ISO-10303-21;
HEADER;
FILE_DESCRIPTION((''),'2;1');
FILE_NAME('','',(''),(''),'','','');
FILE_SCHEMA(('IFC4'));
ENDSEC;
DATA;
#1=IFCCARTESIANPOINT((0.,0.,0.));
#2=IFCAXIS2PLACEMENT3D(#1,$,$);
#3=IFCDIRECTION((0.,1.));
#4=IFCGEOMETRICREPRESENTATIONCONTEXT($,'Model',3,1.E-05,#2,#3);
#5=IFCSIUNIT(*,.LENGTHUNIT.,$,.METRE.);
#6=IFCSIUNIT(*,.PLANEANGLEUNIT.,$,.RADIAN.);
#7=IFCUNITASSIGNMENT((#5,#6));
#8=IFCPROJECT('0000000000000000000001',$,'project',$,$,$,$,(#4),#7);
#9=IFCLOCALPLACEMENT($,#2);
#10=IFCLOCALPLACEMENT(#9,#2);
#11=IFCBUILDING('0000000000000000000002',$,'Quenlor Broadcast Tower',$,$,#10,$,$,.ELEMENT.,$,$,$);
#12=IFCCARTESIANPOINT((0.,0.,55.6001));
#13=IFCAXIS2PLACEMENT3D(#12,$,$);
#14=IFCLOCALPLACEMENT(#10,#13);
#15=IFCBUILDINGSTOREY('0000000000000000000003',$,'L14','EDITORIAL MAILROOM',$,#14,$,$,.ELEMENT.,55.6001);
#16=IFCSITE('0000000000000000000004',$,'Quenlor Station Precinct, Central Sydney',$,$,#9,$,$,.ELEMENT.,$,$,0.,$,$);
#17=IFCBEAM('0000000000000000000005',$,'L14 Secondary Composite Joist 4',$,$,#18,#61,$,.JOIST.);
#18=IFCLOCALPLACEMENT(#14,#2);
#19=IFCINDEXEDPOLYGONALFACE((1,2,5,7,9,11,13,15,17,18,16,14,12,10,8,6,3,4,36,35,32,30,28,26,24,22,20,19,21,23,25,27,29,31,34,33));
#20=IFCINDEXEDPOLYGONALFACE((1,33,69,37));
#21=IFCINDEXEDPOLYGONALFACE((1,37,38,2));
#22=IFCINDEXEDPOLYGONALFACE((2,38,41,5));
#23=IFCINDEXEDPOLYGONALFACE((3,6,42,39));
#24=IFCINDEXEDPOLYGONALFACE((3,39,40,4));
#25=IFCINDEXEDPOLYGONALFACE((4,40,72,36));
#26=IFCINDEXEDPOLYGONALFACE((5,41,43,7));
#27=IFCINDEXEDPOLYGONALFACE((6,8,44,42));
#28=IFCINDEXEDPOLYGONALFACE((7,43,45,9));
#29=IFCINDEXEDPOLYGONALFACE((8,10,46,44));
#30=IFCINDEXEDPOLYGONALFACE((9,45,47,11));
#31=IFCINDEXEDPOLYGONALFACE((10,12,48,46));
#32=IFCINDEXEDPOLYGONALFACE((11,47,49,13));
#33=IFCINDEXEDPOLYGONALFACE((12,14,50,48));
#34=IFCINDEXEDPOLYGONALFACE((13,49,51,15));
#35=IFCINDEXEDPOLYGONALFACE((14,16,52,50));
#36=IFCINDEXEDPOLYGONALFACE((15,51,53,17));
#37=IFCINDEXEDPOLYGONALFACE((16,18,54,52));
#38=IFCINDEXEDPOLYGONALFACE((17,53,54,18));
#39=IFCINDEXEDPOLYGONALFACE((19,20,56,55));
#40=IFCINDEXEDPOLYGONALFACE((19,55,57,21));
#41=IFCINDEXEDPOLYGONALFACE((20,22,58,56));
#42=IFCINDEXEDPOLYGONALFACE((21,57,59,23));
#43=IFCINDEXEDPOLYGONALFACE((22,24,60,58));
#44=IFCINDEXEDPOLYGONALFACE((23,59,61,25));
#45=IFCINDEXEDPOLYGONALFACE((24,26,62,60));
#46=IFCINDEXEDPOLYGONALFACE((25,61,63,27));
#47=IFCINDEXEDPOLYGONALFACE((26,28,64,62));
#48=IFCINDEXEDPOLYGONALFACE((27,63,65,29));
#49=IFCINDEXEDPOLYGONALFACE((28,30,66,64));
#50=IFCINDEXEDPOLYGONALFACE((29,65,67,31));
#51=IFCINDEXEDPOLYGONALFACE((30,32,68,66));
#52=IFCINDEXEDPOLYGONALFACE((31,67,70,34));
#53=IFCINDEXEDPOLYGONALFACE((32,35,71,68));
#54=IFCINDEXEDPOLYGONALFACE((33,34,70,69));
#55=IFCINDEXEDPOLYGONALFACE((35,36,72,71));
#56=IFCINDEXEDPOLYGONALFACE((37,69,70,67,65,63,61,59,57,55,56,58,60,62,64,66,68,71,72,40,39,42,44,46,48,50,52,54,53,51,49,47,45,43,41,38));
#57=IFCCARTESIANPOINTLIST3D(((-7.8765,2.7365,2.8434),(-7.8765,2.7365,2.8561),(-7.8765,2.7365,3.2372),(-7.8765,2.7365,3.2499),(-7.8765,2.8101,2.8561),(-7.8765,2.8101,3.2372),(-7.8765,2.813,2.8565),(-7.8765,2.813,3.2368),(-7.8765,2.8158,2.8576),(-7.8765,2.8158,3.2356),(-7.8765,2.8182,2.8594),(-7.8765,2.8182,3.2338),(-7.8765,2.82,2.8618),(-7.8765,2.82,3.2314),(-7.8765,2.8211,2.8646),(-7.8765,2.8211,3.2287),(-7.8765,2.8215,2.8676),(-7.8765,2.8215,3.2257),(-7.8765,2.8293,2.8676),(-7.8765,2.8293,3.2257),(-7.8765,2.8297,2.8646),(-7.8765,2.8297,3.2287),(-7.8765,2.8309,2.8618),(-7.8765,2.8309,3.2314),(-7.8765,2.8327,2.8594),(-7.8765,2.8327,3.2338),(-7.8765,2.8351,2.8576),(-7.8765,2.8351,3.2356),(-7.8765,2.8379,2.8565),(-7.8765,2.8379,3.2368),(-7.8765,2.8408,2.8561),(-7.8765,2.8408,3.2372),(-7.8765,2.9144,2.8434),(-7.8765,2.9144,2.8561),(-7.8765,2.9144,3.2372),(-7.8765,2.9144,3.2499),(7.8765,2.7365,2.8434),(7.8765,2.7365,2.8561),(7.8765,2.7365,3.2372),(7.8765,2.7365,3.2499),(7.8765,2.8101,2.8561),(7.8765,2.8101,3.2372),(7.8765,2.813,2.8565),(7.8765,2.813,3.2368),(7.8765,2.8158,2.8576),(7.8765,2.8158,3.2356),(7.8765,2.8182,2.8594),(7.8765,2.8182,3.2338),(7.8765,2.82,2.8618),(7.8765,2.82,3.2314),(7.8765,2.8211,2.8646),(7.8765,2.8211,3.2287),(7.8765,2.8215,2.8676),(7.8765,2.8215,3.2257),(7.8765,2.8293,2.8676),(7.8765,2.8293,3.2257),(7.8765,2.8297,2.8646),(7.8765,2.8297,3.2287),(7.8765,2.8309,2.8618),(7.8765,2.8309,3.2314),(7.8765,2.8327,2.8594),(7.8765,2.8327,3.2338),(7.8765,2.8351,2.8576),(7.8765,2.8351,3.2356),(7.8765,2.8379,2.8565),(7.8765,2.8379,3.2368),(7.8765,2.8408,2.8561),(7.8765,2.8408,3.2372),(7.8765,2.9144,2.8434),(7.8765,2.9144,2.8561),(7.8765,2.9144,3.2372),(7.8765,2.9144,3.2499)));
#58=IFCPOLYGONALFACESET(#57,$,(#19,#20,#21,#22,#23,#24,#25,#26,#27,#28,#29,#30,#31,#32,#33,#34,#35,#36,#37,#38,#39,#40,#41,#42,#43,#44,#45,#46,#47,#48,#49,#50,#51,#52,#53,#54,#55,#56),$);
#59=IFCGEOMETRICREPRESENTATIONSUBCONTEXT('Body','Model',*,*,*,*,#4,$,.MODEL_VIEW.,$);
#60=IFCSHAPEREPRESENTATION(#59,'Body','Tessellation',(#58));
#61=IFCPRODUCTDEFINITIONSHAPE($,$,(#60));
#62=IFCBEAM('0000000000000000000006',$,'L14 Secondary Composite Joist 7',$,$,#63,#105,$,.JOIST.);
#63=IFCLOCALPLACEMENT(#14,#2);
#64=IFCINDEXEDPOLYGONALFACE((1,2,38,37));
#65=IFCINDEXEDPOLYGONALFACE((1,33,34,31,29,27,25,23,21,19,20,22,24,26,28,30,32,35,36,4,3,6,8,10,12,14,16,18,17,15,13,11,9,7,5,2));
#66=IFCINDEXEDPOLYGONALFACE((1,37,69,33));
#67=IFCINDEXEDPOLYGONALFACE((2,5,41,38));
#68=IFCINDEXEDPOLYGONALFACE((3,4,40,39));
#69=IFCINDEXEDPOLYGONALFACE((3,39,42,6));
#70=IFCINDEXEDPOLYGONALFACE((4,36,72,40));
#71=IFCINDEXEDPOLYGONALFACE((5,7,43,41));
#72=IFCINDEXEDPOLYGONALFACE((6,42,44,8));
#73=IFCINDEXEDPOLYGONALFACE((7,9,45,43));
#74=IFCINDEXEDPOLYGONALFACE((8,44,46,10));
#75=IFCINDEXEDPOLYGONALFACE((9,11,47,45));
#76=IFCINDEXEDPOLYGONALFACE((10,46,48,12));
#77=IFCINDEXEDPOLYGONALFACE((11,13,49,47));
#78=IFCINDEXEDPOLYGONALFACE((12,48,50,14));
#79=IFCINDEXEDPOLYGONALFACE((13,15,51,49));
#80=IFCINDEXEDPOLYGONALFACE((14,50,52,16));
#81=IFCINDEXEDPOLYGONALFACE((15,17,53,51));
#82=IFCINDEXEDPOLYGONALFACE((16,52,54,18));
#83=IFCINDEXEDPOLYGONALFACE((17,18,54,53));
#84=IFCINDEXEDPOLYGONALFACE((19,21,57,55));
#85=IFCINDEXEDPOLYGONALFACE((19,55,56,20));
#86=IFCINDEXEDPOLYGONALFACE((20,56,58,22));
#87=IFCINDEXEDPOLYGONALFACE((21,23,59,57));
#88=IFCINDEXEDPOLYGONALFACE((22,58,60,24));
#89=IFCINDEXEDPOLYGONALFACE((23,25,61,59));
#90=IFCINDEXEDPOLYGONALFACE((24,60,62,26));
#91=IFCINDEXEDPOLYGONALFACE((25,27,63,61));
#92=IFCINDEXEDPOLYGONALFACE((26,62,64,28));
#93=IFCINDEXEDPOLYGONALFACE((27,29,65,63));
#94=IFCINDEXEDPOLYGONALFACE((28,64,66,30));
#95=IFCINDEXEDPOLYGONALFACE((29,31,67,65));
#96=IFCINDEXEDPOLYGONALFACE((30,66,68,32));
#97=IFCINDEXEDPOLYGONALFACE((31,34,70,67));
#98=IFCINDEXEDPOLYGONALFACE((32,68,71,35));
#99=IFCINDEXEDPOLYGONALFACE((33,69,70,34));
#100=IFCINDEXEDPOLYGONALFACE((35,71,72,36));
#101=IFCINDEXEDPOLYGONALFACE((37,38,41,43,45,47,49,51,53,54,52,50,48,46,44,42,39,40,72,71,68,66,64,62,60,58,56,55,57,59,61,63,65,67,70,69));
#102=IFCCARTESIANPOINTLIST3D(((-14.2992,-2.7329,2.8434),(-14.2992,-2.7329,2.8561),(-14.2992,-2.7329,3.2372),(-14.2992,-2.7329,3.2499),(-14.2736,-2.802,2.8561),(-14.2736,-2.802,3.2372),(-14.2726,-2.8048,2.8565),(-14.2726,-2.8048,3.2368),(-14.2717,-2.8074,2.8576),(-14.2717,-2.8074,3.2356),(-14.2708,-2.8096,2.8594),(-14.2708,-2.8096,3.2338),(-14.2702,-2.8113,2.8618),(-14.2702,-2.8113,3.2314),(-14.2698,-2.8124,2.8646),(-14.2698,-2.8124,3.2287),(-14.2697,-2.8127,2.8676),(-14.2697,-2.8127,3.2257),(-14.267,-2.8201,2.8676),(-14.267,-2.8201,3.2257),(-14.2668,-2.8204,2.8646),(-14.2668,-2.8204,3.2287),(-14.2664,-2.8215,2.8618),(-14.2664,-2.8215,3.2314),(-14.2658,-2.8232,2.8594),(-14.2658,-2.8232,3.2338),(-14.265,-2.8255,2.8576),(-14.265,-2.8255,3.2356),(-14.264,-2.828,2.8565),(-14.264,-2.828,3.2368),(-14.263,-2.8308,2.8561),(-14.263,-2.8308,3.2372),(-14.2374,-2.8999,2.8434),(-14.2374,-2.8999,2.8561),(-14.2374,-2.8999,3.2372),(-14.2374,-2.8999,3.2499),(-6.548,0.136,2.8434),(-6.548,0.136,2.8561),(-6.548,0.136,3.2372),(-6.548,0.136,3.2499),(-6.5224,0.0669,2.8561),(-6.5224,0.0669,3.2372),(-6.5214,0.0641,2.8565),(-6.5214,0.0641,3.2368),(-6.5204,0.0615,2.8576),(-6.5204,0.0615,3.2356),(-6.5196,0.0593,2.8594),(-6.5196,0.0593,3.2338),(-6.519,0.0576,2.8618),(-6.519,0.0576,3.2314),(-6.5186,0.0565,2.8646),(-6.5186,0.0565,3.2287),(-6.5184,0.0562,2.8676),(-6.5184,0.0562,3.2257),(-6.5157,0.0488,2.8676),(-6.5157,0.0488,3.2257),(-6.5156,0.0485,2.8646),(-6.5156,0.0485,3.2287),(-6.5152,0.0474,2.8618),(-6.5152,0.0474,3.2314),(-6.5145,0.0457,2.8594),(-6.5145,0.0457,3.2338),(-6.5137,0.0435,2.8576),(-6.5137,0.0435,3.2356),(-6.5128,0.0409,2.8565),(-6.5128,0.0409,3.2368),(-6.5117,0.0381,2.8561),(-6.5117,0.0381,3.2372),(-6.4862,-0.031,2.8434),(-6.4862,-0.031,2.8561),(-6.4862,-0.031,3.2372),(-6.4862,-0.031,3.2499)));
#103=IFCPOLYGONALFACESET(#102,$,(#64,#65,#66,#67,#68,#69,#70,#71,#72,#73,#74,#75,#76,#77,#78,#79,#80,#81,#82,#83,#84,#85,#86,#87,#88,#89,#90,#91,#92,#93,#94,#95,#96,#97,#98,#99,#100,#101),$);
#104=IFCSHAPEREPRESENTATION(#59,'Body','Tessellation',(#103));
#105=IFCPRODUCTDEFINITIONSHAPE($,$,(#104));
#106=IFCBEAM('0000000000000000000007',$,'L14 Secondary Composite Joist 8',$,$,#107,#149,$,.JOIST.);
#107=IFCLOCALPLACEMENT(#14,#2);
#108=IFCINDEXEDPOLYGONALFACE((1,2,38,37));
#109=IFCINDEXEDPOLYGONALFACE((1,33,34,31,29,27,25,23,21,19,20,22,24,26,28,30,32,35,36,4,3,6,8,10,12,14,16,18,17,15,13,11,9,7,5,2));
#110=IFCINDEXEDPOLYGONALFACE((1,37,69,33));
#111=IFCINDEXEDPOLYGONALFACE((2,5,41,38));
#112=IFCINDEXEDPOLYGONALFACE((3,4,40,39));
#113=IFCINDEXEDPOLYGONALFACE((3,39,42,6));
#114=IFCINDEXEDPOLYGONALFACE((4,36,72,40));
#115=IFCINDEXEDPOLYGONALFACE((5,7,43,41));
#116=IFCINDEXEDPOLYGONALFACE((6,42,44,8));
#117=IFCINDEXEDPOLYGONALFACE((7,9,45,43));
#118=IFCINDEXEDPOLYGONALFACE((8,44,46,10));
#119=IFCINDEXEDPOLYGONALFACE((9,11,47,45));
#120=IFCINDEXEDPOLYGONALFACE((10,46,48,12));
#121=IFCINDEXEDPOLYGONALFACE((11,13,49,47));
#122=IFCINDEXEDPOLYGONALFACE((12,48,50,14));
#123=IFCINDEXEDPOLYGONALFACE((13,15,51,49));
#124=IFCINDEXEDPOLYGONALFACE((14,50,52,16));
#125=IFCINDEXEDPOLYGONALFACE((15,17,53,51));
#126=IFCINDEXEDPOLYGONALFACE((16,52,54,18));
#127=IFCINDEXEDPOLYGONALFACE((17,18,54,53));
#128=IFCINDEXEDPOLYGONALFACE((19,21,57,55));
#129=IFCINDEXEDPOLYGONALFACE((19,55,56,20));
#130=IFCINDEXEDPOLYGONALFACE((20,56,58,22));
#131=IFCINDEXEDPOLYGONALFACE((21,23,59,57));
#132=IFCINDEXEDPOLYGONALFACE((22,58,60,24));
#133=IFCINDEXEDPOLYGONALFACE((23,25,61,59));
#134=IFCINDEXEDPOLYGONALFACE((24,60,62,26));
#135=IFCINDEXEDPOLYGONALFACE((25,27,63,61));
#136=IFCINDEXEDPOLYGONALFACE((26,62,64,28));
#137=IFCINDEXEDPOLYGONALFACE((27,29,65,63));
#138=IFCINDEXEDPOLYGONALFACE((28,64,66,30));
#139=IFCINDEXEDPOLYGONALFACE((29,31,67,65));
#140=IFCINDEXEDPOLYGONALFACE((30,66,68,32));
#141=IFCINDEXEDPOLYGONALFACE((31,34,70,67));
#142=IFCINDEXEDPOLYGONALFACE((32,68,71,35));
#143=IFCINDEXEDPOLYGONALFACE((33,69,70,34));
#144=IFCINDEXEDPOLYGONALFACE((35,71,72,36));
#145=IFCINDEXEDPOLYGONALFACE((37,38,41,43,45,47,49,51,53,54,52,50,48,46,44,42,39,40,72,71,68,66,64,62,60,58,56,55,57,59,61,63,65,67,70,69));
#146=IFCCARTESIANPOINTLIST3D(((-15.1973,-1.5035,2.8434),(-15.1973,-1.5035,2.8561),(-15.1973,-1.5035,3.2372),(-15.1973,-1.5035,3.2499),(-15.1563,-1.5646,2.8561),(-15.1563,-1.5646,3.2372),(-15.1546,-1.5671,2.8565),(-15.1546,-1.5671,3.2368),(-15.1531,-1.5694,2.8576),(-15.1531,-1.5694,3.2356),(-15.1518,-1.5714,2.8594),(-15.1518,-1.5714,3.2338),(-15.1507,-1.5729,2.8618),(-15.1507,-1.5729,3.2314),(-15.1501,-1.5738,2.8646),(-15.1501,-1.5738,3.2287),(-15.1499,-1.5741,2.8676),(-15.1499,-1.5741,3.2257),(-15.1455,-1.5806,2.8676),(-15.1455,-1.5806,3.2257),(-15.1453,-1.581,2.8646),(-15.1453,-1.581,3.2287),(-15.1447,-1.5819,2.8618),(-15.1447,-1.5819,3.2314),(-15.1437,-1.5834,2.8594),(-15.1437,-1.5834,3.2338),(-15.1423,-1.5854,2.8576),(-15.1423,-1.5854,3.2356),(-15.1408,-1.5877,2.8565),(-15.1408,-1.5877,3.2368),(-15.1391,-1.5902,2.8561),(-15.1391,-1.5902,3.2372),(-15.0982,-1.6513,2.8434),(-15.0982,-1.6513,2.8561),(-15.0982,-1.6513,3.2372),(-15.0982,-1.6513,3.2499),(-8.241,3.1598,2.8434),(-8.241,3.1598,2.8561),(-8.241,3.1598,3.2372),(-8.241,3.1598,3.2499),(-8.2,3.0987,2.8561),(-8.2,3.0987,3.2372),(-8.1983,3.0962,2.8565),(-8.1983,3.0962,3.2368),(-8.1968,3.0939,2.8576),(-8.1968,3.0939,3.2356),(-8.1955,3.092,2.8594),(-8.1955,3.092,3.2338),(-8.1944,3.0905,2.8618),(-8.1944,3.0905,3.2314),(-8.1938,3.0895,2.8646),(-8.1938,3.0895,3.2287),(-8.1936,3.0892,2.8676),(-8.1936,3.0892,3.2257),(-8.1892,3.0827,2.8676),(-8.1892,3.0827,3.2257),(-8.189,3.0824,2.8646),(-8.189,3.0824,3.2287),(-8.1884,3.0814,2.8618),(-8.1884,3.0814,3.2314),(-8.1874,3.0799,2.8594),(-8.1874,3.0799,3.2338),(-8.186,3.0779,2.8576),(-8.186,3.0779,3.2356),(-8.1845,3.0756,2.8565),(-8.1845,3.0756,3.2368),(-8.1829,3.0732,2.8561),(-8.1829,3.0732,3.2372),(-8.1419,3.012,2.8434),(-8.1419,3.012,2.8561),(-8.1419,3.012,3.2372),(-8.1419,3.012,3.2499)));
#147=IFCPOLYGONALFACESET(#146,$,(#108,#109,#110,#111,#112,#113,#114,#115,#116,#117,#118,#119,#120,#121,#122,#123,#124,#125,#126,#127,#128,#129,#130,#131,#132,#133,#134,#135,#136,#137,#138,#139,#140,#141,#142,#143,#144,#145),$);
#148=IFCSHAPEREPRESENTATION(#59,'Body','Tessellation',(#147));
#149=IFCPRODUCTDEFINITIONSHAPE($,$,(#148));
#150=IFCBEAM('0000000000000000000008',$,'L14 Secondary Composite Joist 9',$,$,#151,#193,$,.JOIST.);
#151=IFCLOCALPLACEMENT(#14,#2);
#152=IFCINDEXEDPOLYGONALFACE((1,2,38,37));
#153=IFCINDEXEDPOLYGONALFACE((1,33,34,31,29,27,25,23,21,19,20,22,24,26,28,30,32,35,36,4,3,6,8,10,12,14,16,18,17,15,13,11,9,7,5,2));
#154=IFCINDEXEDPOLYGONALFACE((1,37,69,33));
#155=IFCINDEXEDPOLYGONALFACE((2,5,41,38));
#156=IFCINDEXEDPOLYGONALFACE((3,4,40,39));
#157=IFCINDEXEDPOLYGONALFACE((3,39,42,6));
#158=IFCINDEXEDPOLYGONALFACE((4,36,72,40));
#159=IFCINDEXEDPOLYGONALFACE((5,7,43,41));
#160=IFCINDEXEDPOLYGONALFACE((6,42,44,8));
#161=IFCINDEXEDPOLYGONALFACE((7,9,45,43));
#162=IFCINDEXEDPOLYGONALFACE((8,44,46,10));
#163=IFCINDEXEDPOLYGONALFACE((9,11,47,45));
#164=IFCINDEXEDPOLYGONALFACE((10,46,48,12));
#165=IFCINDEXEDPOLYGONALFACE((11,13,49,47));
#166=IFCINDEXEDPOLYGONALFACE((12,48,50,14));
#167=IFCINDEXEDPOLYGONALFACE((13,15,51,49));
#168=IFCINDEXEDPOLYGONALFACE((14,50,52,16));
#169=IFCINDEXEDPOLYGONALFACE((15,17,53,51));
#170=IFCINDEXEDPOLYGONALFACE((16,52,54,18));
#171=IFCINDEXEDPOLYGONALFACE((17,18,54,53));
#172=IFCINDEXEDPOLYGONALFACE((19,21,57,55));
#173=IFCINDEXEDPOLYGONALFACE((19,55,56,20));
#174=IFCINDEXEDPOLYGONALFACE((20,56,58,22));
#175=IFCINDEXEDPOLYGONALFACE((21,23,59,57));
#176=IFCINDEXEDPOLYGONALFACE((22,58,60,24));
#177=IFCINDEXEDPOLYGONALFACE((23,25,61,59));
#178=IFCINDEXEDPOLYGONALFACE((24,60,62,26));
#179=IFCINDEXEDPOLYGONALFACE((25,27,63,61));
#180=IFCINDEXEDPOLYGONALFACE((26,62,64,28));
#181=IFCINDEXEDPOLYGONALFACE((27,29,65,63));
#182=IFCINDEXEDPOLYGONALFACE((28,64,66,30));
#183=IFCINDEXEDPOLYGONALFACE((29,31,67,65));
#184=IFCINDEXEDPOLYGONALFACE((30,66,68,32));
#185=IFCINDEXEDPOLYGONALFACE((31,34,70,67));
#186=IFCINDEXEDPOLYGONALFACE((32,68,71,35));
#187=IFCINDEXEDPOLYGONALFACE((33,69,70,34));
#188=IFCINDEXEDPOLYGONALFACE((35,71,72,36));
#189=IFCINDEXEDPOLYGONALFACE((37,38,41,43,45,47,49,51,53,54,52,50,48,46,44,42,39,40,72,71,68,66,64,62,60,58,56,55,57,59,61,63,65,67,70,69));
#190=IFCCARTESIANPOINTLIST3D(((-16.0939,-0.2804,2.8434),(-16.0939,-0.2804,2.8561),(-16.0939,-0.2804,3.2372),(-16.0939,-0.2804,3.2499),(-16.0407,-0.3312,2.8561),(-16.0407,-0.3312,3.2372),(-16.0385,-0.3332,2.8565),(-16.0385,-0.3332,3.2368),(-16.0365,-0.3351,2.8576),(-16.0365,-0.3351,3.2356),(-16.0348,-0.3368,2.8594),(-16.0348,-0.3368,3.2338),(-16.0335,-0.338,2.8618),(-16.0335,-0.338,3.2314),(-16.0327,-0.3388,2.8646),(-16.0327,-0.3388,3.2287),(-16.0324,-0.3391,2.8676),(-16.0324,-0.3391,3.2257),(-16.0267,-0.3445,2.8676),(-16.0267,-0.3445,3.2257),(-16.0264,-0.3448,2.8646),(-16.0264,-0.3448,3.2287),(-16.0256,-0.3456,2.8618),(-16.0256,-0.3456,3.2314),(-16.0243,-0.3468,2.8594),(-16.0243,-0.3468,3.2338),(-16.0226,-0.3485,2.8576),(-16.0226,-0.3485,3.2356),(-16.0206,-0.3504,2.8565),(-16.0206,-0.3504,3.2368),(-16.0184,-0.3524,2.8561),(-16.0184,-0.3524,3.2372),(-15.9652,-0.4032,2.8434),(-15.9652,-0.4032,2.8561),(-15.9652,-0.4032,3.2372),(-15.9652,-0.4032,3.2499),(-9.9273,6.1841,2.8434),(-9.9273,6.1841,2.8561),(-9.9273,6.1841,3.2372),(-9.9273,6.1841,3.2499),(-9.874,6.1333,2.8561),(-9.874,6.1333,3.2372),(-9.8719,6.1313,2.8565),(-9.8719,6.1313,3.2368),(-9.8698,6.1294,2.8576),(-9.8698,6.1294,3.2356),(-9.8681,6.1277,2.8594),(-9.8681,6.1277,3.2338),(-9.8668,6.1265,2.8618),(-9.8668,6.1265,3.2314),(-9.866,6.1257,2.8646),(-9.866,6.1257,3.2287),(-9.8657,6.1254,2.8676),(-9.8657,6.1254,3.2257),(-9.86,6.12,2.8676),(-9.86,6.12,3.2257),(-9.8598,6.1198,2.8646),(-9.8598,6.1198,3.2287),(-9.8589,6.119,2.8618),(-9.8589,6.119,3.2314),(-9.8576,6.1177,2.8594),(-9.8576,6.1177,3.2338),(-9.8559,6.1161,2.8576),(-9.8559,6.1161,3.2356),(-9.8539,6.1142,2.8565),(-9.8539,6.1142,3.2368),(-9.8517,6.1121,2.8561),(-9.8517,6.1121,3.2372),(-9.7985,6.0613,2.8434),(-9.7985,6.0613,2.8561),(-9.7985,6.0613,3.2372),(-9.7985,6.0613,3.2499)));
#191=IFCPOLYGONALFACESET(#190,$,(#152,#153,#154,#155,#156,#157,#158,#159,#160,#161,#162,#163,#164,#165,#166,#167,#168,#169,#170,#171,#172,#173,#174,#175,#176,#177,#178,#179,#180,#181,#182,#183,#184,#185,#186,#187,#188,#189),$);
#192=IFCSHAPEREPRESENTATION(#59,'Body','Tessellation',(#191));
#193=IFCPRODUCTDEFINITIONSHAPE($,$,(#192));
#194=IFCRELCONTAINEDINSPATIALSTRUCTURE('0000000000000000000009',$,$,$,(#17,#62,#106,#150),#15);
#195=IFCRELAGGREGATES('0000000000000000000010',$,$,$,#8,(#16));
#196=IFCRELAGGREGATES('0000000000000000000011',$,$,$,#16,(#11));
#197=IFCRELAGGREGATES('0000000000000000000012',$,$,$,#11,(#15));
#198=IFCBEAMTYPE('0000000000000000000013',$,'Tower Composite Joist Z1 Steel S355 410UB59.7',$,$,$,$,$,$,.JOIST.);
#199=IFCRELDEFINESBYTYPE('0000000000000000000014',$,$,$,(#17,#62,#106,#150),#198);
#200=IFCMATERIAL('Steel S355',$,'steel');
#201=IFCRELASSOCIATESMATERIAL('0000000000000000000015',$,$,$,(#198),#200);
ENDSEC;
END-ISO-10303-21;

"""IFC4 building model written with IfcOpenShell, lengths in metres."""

from ifc_helpers import new_model, si_unit, direction, frame, origin, origin_2d, place, context, subcontext, project, spatial, i_section, extrude, material, material_profile, profile_set, type_object, element, save


model = new_model("IFC4")

# Units and contexts
model_context = context("Model", 3, precision=1e-05, world=origin(), true_north=direction((0.0, 1.0)))
body_context = subcontext(model_context, "Body", "Model", "MODEL_VIEW")
ifc_project = project(units=[si_unit("LENGTHUNIT", "METRE"), si_unit("PLANEANGLEUNIT", "RADIAN")], contexts=[model_context])

# Site, building, storey
site_placement = place(None, origin())
site = spatial("IfcSite", under=ifc_project, at=site_placement, Name="Quenlor Station Precinct, Central Sydney", CompositionType="ELEMENT", RefElevation=0.0)
building_placement = place(site_placement, origin())
building = spatial("IfcBuilding", under=site, at=building_placement, Name="Quenlor Broadcast Tower", CompositionType="ELEMENT")
storey_placement = place(building_placement, frame((0.0, 0.0, 55.6001)))
storey = spatial("IfcBuildingStorey", under=building, at=storey_placement, Name="L14", Description="EDITORIAL MAILROOM", CompositionType="ELEMENT", Elevation=55.6001)

# Beams
ifc_material_1 = material(Name="Steel S355", Category="steel")
ifc_material_profile_1 = material_profile(ifc_material_1, i_section(OverallWidth=0.178, OverallDepth=0.4065, WebThickness=0.0078, FlangeThickness=0.0127, FilletRadius=0.0115, at=origin_2d()))
ifc_profile_set_1 = profile_set([ifc_material_profile_1], Name="Steel S355 410UB59.7")
beam_type_1 = type_object("IfcBeamType", Name="Tower Composite Joist Z1 Steel S355 410UB59.7", PredefinedType="JOIST", material=ifc_profile_set_1)
beam_1_placement = place(storey_placement, frame((-7.8765, 2.8254, 3.0466), z_axis=(1.0, 0.0, 0.0), x_axis=(0.0, 1.0, 0.0)))
element("IfcBeam", 1, at=beam_1_placement, inside=storey, type_object=beam_type_1, Name="L14 Secondary Composite Joist 4", PredefinedType="JOIST", context=body_context, shape_type="SweptSolid", body=[
    extrude(i_section(OverallWidth=0.178, OverallDepth=0.4065, WebThickness=0.0078, FlangeThickness=0.0127, FilletRadius=0.0115, at=origin_2d()), origin(), (0.0, 0.0, 1.0), 15.7529),
])
beam_2_placement = place(storey_placement, frame((-14.2683, -2.8164, 3.0466), z_axis=(0.937825, 0.347109, 0.0), x_axis=(-0.347109, 0.937825, 0.0)))
element("IfcBeam", 2, at=beam_2_placement, inside=storey, type_object=beam_type_1, Name="L14 Secondary Composite Joist 7", PredefinedType="JOIST", context=body_context, shape_type="SweptSolid", body=[
    extrude(i_section(OverallWidth=0.178, OverallDepth=0.4065, WebThickness=0.0078, FlangeThickness=0.0127, FilletRadius=0.0115, at=origin_2d()), origin(), (0.0, 0.0, 1.0), 8.2651),
])
beam_3_placement = place(storey_placement, frame((-15.1477, -1.5774, 3.0466), z_axis=(0.830626, 0.556831, 0.0), x_axis=(-0.556831, 0.830626, 0.0)))
element("IfcBeam", 3, at=beam_3_placement, inside=storey, type_object=beam_type_1, Name="L14 Secondary Composite Joist 8", PredefinedType="JOIST", context=body_context, shape_type="SweptSolid", body=[
    extrude(i_section(OverallWidth=0.178, OverallDepth=0.4065, WebThickness=0.0078, FlangeThickness=0.0127, FilletRadius=0.0115, at=origin_2d()), origin(), (0.0, 0.0, 1.0), 8.3748),
])
beam_4_placement = place(storey_placement, frame((-16.0295, -0.3418, 3.0466), z_axis=(0.690241, 0.723579, 0.0), x_axis=(-0.723579, 0.690241, 0.0)))
element("IfcBeam", 4, at=beam_4_placement, inside=storey, type_object=beam_type_1, Name="L14 Secondary Composite Joist 9", PredefinedType="JOIST", context=body_context, shape_type="SweptSolid", body=[
    extrude(i_section(OverallWidth=0.178, OverallDepth=0.4065, WebThickness=0.0078, FlangeThickness=0.0127, FilletRadius=0.0115, at=origin_2d()), origin(), (0.0, 0.0, 1.0), 8.9341),
])

save(model, "model.ifc")
